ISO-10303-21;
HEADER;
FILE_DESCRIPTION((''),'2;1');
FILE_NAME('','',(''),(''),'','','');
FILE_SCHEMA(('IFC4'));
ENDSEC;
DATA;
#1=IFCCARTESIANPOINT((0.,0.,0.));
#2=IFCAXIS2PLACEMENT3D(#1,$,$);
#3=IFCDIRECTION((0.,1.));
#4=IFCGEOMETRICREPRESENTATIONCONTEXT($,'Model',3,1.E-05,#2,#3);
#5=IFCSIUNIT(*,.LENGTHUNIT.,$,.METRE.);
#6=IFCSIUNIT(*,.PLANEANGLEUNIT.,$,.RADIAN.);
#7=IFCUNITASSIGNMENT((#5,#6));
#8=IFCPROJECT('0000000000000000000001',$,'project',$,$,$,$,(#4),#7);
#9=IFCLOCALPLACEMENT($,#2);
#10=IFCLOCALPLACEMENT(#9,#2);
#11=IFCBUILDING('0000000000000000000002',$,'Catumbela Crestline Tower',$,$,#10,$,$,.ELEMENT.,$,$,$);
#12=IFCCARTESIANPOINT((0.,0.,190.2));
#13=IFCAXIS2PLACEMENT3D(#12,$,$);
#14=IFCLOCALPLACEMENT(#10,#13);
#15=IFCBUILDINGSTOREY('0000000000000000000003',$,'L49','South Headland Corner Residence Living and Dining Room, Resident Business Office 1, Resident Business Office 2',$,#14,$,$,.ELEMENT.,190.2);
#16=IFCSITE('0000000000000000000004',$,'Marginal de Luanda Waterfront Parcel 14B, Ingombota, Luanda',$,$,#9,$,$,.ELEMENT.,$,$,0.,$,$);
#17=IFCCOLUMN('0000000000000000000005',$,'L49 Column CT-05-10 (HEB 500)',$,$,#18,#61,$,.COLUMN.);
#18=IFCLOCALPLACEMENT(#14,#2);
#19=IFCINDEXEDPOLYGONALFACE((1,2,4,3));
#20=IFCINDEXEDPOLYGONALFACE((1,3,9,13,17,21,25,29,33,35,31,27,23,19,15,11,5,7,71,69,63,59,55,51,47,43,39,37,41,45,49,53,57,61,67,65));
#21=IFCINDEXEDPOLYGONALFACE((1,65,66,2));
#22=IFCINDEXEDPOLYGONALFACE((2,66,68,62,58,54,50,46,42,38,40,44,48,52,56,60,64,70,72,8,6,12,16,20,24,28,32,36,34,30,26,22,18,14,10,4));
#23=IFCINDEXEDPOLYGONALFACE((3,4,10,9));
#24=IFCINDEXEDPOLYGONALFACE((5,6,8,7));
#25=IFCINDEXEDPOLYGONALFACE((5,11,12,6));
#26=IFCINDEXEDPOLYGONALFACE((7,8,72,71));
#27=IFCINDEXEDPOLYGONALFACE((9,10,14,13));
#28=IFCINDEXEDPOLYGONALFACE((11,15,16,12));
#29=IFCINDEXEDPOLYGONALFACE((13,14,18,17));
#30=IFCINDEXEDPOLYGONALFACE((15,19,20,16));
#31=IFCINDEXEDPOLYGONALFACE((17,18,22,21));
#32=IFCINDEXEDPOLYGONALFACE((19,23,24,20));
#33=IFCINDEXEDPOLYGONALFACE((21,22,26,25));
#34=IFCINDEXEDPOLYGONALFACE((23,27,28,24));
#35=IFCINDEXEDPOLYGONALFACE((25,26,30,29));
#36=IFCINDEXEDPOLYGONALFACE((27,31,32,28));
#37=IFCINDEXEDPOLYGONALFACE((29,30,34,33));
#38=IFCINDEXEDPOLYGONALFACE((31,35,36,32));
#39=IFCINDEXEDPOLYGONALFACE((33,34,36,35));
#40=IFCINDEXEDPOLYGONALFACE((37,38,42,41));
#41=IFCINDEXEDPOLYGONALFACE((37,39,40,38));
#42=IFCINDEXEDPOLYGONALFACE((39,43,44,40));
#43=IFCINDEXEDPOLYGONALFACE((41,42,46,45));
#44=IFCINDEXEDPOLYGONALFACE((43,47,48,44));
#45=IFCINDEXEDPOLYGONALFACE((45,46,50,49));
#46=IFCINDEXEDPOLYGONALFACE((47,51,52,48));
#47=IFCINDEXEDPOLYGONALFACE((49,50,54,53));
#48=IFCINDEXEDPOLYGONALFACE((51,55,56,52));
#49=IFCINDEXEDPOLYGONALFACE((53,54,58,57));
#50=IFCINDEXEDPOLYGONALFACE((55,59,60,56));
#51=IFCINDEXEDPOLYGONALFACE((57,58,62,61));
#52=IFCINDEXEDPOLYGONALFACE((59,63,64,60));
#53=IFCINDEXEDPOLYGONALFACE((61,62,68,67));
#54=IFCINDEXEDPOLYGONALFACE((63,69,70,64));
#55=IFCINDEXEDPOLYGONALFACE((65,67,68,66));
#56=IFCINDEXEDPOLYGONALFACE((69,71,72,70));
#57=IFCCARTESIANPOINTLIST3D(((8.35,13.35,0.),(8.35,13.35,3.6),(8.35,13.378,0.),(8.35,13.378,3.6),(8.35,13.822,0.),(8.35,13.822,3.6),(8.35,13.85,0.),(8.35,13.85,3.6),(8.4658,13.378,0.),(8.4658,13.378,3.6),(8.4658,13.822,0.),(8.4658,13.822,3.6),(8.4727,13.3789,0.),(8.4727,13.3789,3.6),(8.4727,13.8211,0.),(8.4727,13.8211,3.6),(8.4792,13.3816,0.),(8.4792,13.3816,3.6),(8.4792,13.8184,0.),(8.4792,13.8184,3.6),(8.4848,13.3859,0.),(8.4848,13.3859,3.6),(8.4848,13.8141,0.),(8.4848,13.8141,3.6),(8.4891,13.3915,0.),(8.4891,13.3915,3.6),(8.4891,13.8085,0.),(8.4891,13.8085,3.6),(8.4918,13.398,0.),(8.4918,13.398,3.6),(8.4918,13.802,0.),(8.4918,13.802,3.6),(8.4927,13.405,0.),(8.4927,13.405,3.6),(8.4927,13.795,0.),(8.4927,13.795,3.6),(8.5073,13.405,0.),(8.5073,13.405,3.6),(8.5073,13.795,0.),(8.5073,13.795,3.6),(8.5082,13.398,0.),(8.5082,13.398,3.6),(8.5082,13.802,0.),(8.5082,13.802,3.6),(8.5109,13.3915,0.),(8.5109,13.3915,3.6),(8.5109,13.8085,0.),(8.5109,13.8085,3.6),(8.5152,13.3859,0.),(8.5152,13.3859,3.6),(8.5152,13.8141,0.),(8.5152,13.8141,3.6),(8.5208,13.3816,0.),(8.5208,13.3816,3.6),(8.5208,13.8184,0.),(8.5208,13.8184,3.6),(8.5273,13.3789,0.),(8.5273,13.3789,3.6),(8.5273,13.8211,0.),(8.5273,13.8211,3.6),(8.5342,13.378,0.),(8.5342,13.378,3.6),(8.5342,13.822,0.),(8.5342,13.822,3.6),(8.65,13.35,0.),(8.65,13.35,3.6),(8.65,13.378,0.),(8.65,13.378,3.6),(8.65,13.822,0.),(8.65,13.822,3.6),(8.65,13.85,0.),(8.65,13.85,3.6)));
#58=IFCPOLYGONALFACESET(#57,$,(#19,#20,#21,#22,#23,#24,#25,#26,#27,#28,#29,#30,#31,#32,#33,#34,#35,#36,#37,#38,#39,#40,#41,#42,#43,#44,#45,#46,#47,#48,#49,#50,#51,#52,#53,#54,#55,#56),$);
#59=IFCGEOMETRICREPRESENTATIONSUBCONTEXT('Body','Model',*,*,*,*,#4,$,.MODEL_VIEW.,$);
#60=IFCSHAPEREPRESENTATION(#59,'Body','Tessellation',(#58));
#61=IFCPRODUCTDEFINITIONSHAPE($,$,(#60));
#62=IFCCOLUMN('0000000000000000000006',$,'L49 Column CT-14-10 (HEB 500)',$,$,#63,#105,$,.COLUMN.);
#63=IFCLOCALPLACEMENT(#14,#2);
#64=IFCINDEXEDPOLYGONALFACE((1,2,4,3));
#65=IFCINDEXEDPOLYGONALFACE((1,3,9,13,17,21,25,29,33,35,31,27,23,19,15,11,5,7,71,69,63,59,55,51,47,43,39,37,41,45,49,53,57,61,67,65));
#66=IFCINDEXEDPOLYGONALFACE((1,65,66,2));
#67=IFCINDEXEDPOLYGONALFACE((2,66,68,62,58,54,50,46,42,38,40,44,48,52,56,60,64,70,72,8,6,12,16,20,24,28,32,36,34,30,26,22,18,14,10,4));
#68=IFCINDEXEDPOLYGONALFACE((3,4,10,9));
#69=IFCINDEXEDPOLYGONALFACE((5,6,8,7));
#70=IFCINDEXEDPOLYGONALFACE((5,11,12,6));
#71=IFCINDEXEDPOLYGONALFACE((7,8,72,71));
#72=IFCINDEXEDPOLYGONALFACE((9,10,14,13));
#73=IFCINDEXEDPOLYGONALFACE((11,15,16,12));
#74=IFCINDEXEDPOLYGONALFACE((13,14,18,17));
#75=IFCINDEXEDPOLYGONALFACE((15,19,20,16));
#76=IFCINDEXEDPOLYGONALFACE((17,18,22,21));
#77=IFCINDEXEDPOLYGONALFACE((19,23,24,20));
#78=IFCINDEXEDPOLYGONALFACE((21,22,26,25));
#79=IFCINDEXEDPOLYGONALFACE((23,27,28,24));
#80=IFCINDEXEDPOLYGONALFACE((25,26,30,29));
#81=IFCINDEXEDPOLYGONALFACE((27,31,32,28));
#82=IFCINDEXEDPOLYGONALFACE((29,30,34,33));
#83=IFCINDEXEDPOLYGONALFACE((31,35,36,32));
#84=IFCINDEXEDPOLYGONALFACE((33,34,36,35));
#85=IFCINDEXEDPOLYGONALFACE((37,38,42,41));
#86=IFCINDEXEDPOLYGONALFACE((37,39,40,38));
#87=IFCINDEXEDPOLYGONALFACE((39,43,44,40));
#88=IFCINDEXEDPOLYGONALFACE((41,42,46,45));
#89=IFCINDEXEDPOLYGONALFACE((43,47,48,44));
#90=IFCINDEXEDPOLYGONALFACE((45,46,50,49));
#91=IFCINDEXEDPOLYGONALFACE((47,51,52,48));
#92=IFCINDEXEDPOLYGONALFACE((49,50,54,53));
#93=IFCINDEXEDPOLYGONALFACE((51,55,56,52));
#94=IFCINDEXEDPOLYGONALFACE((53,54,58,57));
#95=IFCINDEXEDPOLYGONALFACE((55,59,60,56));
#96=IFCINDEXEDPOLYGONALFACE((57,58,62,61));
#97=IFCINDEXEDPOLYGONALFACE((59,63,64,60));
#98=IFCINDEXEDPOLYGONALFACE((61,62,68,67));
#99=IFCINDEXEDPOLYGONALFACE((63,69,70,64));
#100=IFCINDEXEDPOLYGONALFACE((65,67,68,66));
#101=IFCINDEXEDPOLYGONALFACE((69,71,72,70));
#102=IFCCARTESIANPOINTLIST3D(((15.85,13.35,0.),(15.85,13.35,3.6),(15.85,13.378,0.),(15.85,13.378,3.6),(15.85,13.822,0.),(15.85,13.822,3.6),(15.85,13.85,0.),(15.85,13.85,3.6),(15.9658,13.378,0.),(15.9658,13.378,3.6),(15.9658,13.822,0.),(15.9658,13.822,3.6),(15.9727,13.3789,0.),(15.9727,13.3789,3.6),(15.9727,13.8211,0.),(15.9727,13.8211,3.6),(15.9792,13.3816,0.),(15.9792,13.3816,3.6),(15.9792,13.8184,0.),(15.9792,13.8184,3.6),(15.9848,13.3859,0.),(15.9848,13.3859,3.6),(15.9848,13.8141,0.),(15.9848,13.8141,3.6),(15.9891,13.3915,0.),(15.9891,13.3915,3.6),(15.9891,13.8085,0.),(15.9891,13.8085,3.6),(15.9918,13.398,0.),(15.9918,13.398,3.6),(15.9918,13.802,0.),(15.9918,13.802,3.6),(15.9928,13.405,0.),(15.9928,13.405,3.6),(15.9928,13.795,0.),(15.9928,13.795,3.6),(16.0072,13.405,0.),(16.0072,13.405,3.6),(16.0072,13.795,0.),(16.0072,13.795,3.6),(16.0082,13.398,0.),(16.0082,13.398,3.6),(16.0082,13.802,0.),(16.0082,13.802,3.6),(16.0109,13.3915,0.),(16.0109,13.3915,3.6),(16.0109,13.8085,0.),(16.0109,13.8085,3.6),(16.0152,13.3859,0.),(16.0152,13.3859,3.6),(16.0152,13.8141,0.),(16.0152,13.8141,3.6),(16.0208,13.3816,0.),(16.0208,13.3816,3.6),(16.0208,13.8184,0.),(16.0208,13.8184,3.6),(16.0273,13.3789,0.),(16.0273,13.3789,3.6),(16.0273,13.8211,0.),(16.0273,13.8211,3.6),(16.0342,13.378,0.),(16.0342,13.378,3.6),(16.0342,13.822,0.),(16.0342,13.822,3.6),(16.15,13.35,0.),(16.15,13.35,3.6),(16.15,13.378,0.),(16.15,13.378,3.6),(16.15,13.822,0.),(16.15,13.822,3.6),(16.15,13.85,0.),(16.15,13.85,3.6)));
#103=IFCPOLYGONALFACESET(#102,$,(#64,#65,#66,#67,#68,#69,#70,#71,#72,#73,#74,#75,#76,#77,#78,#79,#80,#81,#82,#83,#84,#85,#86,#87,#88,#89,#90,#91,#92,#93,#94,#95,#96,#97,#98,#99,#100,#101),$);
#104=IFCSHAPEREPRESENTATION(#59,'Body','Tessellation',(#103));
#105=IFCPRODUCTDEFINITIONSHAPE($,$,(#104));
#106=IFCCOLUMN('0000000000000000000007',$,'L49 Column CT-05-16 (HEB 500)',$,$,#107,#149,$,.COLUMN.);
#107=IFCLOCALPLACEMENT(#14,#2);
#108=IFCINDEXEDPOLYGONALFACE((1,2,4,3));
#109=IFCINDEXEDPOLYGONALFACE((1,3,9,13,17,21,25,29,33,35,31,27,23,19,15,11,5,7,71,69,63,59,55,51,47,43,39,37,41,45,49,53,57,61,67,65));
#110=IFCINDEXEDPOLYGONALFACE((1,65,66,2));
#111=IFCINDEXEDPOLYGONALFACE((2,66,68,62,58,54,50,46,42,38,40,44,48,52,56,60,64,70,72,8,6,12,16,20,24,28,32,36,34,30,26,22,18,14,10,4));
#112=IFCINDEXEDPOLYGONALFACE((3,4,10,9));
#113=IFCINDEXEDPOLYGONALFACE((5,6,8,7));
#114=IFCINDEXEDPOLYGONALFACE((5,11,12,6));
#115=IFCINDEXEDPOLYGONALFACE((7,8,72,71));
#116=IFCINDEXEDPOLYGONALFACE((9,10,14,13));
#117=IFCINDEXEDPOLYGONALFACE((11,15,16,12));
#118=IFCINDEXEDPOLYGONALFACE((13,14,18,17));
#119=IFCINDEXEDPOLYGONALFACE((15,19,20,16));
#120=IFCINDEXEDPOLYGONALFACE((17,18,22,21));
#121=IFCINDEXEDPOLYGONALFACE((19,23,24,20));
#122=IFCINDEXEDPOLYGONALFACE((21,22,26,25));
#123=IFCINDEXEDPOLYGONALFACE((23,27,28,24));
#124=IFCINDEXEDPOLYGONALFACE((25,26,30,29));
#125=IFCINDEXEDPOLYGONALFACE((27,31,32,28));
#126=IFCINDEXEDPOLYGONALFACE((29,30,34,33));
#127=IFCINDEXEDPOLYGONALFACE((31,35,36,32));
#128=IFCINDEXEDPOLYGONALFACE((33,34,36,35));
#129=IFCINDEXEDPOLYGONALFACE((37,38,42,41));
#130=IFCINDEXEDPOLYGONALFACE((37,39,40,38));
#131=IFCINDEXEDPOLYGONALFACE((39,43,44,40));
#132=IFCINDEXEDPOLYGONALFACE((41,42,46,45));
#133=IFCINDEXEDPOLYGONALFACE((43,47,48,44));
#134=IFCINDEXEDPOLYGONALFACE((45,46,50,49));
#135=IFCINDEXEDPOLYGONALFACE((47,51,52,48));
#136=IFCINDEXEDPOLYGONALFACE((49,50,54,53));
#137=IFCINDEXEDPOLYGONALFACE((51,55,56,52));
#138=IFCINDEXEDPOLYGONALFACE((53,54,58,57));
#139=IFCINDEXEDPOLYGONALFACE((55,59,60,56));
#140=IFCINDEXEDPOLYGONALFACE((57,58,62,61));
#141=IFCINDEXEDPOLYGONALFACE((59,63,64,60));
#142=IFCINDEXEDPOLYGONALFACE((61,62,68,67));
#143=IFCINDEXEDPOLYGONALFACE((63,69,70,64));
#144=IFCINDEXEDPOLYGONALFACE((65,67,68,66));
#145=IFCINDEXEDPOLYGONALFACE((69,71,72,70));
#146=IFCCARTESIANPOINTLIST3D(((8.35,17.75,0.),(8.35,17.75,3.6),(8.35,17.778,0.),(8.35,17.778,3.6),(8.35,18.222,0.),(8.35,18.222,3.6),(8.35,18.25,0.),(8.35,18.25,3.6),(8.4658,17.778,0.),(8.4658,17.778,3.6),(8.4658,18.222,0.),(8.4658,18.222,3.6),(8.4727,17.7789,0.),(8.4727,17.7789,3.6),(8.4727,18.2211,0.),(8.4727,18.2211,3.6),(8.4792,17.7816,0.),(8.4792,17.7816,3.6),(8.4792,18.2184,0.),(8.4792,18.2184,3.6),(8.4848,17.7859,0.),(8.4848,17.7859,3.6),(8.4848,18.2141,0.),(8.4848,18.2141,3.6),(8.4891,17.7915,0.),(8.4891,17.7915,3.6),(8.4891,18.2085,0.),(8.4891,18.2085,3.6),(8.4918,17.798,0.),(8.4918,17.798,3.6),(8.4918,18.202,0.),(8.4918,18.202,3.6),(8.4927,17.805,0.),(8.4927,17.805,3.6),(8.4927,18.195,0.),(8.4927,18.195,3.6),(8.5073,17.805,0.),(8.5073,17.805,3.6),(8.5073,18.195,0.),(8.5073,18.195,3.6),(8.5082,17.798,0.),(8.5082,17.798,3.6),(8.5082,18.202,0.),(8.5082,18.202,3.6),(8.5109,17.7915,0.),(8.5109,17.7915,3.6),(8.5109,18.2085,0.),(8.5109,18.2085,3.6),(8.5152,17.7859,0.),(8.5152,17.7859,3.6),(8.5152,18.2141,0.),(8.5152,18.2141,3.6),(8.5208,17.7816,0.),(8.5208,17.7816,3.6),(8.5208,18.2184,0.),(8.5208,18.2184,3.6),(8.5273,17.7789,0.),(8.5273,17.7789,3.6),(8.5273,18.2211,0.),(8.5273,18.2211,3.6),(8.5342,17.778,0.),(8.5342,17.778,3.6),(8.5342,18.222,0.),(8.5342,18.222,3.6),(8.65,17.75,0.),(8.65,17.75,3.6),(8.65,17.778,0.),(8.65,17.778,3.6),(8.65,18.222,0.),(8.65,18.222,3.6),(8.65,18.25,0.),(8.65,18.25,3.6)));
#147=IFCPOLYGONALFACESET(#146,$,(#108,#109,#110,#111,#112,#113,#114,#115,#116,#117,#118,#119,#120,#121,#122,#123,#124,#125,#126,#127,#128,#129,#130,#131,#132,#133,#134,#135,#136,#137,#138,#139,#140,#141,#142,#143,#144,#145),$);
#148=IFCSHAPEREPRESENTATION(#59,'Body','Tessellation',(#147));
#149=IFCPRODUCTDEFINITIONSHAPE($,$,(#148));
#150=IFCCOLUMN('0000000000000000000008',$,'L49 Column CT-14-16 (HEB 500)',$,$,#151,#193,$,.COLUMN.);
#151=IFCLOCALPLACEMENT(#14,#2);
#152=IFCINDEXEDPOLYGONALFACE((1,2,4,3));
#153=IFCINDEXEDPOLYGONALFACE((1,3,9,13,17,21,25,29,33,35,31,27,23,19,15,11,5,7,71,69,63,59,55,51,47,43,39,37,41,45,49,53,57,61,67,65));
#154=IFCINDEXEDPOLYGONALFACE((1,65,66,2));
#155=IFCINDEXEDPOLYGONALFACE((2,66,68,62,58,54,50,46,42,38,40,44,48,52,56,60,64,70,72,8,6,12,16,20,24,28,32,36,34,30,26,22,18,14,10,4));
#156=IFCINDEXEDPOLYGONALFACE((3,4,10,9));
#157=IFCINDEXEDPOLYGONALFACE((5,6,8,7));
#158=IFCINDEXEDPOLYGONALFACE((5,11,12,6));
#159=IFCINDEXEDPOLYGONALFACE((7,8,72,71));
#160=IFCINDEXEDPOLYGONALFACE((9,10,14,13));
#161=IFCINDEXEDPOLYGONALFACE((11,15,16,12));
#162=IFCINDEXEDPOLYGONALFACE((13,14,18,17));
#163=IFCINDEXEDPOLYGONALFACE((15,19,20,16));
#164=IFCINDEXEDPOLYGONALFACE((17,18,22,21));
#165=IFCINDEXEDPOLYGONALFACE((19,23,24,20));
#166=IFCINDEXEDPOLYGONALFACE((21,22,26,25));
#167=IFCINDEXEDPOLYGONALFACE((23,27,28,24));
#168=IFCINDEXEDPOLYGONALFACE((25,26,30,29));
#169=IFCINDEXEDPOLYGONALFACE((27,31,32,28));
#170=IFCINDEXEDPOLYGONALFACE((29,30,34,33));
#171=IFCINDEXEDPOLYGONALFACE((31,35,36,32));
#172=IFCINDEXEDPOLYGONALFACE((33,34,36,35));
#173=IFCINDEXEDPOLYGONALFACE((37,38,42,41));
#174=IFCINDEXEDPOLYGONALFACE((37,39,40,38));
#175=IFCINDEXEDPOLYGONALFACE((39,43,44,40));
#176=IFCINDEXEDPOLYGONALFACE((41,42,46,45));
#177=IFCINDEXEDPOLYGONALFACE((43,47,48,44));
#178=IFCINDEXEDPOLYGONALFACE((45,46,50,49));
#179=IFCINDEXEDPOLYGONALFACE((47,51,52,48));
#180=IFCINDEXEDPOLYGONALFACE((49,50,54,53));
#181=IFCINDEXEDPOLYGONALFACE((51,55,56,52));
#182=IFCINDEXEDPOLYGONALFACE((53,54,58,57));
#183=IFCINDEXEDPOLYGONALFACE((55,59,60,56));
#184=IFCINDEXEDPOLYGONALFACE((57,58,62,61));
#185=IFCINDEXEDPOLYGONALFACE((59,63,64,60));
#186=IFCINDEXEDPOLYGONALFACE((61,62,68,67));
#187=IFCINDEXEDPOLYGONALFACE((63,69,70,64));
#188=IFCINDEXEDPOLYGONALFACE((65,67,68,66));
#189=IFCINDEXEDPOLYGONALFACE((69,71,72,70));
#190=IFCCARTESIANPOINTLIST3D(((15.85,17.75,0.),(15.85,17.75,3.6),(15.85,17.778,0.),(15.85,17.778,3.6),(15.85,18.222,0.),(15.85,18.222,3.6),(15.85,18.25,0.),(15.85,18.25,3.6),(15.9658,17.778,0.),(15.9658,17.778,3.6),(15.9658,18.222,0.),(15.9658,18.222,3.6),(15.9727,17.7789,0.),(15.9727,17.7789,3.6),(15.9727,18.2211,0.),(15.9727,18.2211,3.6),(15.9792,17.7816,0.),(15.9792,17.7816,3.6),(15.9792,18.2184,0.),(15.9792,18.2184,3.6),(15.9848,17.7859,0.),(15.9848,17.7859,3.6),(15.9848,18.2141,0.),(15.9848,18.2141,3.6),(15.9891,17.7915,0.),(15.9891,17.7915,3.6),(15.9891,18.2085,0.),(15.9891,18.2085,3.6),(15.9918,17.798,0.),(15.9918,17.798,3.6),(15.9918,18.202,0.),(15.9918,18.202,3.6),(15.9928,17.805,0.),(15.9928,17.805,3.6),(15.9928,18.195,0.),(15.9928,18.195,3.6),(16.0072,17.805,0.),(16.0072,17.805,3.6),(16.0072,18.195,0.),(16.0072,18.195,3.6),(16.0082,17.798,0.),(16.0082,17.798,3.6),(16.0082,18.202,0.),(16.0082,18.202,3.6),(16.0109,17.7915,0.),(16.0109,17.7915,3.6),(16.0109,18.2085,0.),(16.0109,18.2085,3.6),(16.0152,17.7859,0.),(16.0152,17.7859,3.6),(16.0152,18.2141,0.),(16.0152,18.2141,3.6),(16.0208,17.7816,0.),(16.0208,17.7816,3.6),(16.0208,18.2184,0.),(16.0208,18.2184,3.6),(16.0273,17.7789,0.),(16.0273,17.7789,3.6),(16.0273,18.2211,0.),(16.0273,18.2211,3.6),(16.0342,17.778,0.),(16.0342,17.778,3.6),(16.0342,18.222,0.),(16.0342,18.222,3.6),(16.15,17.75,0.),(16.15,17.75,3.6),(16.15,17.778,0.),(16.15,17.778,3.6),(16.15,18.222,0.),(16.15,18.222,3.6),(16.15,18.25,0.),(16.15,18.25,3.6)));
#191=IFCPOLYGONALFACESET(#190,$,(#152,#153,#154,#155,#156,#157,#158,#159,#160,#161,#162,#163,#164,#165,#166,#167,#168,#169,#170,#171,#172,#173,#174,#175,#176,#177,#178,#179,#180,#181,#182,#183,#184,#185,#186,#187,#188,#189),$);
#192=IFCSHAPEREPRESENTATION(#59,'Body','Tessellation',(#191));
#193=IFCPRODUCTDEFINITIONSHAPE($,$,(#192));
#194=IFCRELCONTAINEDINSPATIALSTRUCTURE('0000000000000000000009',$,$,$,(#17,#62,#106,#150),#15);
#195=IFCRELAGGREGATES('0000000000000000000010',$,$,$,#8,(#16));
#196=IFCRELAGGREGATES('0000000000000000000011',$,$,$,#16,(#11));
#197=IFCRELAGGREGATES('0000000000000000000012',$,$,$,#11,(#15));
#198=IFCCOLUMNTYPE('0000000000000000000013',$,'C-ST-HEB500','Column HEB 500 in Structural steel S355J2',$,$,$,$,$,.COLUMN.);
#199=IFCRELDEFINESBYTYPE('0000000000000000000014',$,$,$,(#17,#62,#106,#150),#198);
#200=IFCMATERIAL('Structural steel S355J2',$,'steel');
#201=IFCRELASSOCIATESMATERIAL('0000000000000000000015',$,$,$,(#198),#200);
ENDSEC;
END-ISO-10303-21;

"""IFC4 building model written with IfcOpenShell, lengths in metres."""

from ifc_helpers import new_model, si_unit, direction, frame, origin, origin_2d, place, context, subcontext, project, spatial, i_section, extrude, material, material_profile, profile_set, type_object, element, save


model = new_model("IFC4")

# Units and contexts
model_context = context("Model", 3, precision=1e-05, world=origin(), true_north=direction((0.0, 1.0)))
body_context = subcontext(model_context, "Body", "Model", "MODEL_VIEW")
ifc_project = project(units=[si_unit("LENGTHUNIT", "METRE"), si_unit("PLANEANGLEUNIT", "RADIAN")], contexts=[model_context])

# Site, building, storey
site_placement = place(None, origin())
site = spatial("IfcSite", under=ifc_project, at=site_placement, Name="Marginal de Luanda Waterfront Parcel 14B, Ingombota, Luanda", CompositionType="ELEMENT", RefElevation=0.0)
building_placement = place(site_placement, origin())
building = spatial("IfcBuilding", under=site, at=building_placement, Name="Catumbela Crestline Tower", CompositionType="ELEMENT")
storey_placement = place(building_placement, frame((0.0, 0.0, 190.2)))
storey = spatial("IfcBuildingStorey", under=building, at=storey_placement, Name="L49", Description="South Headland Corner Residence Living and Dining Room, Resident Business Office 1, Resident Business Office 2", CompositionType="ELEMENT", Elevation=190.2)

# Columns
ifc_material_1 = material(Name="Structural steel S355J2", Category="steel")
ifc_material_profile_1 = material_profile(ifc_material_1, i_section(OverallWidth=0.3, OverallDepth=0.5, WebThickness=0.0145, FlangeThickness=0.028, FilletRadius=0.027, at=origin_2d()), Name="HEB 500")
ifc_profile_set_1 = profile_set([ifc_material_profile_1], Name="Structural steel S355J2")
column_type = type_object("IfcColumnType", Name="C-ST-HEB500", Description="Column HEB 500 in Structural steel S355J2", PredefinedType="COLUMN", material=ifc_profile_set_1)
for number, where, z_axis, x_axis, name in (
    (1, (8.5, 13.6, 0.0), (0.0, 0.0, 1.0), (1.0, 0.0, 0.0), "L49 Column CT-05-10 (HEB 500)"),
    (2, (16.0, 13.6, 0.0), (0.0, 0.0, 1.0), (1.0, 0.0, 0.0), "L49 Column CT-14-10 (HEB 500)"),
    (3, (8.5, 18.0, 0.0), (0.0, 0.0, 1.0), (1.0, 0.0, 0.0), "L49 Column CT-05-16 (HEB 500)"),
    (4, (16.0, 18.0, 0.0), (0.0, 0.0, 1.0), (1.0, 0.0, 0.0), "L49 Column CT-14-16 (HEB 500)"),
):
    element("IfcColumn", number, at=place(storey_placement, frame(where, z_axis=z_axis, x_axis=x_axis)), inside=storey, type_object=column_type, Name=name, PredefinedType="COLUMN", context=body_context, shape_type="SweptSolid", body=[
        extrude(i_section(OverallWidth=0.3, OverallDepth=0.5, WebThickness=0.0145, FlangeThickness=0.028, FilletRadius=0.027, at=origin_2d()), origin(), (0.0, 0.0, 1.0), 3.6),
    ])

save(model, "model.ifc")
